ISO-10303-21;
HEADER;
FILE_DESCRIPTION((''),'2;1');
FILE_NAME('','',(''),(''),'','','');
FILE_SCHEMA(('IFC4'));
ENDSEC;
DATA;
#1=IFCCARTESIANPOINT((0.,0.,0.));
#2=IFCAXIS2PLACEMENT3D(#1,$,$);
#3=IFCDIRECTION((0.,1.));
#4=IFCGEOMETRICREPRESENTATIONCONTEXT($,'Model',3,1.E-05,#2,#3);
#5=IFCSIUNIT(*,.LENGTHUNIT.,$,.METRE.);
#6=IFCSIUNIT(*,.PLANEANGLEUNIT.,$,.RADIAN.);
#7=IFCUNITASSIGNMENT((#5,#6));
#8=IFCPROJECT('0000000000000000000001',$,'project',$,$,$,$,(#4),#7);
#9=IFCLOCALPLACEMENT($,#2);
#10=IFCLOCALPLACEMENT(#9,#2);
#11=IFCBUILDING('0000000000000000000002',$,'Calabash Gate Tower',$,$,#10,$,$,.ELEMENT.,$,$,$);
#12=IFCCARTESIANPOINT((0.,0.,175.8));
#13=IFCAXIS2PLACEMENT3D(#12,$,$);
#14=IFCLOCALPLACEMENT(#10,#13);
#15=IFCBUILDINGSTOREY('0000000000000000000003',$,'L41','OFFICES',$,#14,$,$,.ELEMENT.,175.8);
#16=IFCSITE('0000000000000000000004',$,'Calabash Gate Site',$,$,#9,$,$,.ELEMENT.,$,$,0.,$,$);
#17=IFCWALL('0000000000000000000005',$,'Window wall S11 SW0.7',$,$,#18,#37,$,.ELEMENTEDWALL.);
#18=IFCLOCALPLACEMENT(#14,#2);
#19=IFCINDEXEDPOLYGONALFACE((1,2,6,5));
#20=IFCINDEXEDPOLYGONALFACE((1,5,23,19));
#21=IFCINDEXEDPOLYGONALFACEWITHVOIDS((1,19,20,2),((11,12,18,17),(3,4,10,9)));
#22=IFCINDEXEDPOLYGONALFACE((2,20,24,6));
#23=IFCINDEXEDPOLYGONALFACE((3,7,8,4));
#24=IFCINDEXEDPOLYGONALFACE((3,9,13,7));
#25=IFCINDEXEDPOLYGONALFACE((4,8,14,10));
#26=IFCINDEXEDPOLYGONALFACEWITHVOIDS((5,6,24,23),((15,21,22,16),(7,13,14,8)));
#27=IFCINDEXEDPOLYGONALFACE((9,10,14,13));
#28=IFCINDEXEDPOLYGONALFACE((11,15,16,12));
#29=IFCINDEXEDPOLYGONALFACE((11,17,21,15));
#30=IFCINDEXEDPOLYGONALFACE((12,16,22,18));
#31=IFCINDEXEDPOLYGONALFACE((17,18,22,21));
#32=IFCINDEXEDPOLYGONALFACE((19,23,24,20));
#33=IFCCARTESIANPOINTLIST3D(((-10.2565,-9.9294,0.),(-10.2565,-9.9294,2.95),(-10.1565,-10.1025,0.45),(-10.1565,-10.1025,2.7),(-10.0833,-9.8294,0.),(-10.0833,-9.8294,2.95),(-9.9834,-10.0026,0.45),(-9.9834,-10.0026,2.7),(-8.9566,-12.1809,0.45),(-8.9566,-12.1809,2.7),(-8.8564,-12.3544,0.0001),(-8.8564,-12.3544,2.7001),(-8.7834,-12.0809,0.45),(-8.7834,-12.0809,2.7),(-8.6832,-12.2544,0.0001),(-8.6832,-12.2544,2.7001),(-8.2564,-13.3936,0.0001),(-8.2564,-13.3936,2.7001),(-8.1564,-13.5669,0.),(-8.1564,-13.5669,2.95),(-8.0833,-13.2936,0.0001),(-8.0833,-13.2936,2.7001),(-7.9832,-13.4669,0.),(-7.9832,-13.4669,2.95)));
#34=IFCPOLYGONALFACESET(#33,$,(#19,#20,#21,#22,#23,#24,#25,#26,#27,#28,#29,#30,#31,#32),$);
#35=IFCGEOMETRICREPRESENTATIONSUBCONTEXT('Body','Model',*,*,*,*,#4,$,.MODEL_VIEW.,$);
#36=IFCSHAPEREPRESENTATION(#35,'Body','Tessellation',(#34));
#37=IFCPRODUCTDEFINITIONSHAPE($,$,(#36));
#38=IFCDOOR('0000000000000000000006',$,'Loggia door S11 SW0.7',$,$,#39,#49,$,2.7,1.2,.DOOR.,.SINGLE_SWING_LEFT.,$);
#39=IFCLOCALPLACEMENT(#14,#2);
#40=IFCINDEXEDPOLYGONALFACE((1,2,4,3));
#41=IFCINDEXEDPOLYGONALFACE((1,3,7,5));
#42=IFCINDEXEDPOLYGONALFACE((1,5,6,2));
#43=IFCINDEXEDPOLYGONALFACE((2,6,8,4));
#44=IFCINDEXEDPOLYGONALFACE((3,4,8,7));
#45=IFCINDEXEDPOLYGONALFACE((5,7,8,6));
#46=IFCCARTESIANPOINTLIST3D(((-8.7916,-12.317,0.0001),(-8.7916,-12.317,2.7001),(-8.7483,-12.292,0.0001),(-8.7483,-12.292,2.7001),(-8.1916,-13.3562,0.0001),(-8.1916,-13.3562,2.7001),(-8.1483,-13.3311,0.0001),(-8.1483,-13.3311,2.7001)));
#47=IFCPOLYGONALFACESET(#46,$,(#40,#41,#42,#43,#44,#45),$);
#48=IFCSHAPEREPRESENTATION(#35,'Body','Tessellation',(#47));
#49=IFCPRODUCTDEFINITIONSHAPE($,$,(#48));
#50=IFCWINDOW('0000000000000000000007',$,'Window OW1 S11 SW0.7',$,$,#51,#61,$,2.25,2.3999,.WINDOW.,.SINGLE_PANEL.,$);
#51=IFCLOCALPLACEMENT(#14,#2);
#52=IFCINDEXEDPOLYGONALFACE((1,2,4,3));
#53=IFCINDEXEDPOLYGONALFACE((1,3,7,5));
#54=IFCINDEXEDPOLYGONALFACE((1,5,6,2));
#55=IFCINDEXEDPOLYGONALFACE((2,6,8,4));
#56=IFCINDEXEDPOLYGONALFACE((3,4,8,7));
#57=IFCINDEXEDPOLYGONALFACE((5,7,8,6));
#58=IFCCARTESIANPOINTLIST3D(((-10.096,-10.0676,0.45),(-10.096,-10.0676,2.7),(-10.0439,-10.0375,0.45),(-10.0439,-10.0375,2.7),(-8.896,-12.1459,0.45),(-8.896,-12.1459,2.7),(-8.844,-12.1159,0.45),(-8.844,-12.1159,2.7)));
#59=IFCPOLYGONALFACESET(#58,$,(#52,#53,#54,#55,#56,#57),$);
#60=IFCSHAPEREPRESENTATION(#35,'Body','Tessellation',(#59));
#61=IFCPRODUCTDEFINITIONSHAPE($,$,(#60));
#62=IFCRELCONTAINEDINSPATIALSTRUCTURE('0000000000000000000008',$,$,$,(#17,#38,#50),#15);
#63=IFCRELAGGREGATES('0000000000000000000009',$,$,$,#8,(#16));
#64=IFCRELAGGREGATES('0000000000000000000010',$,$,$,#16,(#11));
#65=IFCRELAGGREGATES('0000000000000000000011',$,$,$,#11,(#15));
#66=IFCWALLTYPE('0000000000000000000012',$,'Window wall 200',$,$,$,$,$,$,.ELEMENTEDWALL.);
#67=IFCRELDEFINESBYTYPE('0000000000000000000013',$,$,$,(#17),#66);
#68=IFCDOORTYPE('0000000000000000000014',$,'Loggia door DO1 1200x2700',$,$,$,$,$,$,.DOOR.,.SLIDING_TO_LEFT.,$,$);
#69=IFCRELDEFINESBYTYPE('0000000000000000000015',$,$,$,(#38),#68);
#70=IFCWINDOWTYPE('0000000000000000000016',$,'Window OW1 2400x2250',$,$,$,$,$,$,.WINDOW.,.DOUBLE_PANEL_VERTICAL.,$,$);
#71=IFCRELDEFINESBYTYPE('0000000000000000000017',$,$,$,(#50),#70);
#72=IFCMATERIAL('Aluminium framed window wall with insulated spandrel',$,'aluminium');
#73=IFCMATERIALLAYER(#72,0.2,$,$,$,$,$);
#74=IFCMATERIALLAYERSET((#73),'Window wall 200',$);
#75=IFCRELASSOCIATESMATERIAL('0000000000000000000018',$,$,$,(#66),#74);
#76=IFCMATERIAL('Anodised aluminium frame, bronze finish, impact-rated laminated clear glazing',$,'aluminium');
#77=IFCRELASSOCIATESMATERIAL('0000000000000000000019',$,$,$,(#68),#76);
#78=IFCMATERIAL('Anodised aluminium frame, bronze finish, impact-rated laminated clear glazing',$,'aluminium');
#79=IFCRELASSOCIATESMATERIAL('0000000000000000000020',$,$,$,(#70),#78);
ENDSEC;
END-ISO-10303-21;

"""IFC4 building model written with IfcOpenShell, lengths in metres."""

from ifc_helpers import new_model, si_unit, direction, frame, frame_2d, origin, place, context, subcontext, project, spatial, rectangle, extrude, material, layer, layer_set, type_object, element, fill, save


model = new_model("IFC4")

# Units and contexts
model_context = context("Model", 3, precision=1e-05, world=origin(), true_north=direction((0.0, 1.0)))
body_context = subcontext(model_context, "Body", "Model", "MODEL_VIEW")
ifc_project = project(units=[si_unit("LENGTHUNIT", "METRE"), si_unit("PLANEANGLEUNIT", "RADIAN")], contexts=[model_context])

# Site, building, storey
site_placement = place(None, origin())
site = spatial("IfcSite", under=ifc_project, at=site_placement, Name="Calabash Gate Site", CompositionType="ELEMENT", RefElevation=0.0)
building_placement = place(site_placement, origin())
building = spatial("IfcBuilding", under=site, at=building_placement, Name="Calabash Gate Tower", CompositionType="ELEMENT")
storey_placement = place(building_placement, frame((0.0, 0.0, 175.8)))
storey = spatial("IfcBuildingStorey", under=building, at=storey_placement, Name="L41", Description="OFFICES", CompositionType="ELEMENT", Elevation=175.8)

# Shared definitions
ifc_material_1 = material(Name="Aluminium framed window wall with insulated spandrel", Category="aluminium")
ifc_layer_1 = layer(ifc_material_1, 0.2)
ifc_layer_set_1 = layer_set([ifc_layer_1], Name="Window wall 200")
wall_type_1 = type_object("IfcWallType", Name="Window wall 200", PredefinedType="ELEMENTEDWALL", material=ifc_layer_set_1)
ifc_material_2 = material(Name="Anodised aluminium frame, bronze finish, impact-rated laminated clear glazing", Category="aluminium")
door_type_1 = type_object("IfcDoorType", Name="Loggia door DO1 1200x2700", OperationType="SLIDING_TO_LEFT", PredefinedType="DOOR", material=ifc_material_2)
ifc_material_3 = material(Name="Anodised aluminium frame, bronze finish, impact-rated laminated clear glazing", Category="aluminium")
window_type_1 = type_object("IfcWindowType", Name="Window OW1 2400x2250", PartitioningType="DOUBLE_PANEL_VERTICAL", PredefinedType="WINDOW", material=ifc_material_3)

# Wall, openings, door, window
wall_1_placement = place(storey_placement, frame((-10.1699, -9.8794, 0.0), z_axis=(0.0, 0.0, 1.0), x_axis=(0.500003, -0.866024, 0.0)))
wall_1 = element("IfcWall", 1, at=wall_1_placement, inside=storey, type_object=wall_type_1, Name="Window wall S11 SW0.7", PredefinedType="ELEMENTEDWALL", context=body_context, shape_type="SweptSolid", body=[
    extrude(rectangle(XDim=4.2002, YDim=0.2, at=frame_2d((2.1001, 0.0))), origin(), (0.0, 0.0, 1.0), 2.95),
])
opening_1_placement = place(wall_1_placement, frame((0.2, 0.0, 0.45)))
opening_1 = element("IfcOpeningElement", 2, at=opening_1_placement, cuts=wall_1, PredefinedType="OPENING", context=body_context, shape_type="SweptSolid", body=[
    extrude(rectangle(XDim=2.3999, YDim=2.25, at=frame_2d((1.2, 1.125))), frame((0.0, 0.1099, 0.0), z_axis=(0.0, -1.0, 0.0), x_axis=(1.0, 0.0, 0.0)), (0.0, 0.0, 1.0), 0.22),
])
opening_2_placement = place(wall_1_placement, frame((2.8, 0.0, 0.0)))
opening_2 = element("IfcOpeningElement", 3, at=opening_2_placement, cuts=wall_1, PredefinedType="OPENING", context=body_context, shape_type="SweptSolid", body=[
    extrude(rectangle(XDim=1.2, YDim=2.7, at=frame_2d((0.6001, 1.3501))), frame((0.0, 0.1099, 0.0), z_axis=(0.0, -1.0, 0.0), x_axis=(1.0, 0.0, 0.0)), (0.0, 0.0, 1.0), 0.22),
])
door_1_placement = place(opening_2_placement, origin())
door_1 = element("IfcDoor", 4, at=door_1_placement, inside=storey, type_object=door_type_1, Name="Loggia door S11 SW0.7", OperationType="SINGLE_SWING_LEFT", OverallHeight=2.7, OverallWidth=1.2, PredefinedType="DOOR", context=body_context, shape_type="SweptSolid", body=[
    extrude(rectangle(XDim=1.2, YDim=2.7, at=frame_2d((0.6001, 1.3501))), frame((0.0, 0.0249, 0.0), z_axis=(0.0, -1.0, 0.0), x_axis=(1.0, 0.0, 0.0)), (0.0, 0.0, 1.0), 0.05),
])
fill(opening_2, door_1)
window_1_placement = place(opening_1_placement, origin())
window_1 = element("IfcWindow", 5, at=window_1_placement, inside=storey, type_object=window_type_1, Name="Window OW1 S11 SW0.7", OverallHeight=2.25, OverallWidth=2.3999, PartitioningType="SINGLE_PANEL", PredefinedType="WINDOW", context=body_context, shape_type="SweptSolid", body=[
    extrude(rectangle(XDim=2.3999, YDim=2.25, at=frame_2d((1.2, 1.125))), frame((0.0, 0.03, 0.0), z_axis=(0.0, -1.0, 0.0), x_axis=(1.0, 0.0, 0.0)), (0.0, 0.0, 1.0), 0.0601),
])
fill(opening_1, window_1)

save(model, "model.ifc")
